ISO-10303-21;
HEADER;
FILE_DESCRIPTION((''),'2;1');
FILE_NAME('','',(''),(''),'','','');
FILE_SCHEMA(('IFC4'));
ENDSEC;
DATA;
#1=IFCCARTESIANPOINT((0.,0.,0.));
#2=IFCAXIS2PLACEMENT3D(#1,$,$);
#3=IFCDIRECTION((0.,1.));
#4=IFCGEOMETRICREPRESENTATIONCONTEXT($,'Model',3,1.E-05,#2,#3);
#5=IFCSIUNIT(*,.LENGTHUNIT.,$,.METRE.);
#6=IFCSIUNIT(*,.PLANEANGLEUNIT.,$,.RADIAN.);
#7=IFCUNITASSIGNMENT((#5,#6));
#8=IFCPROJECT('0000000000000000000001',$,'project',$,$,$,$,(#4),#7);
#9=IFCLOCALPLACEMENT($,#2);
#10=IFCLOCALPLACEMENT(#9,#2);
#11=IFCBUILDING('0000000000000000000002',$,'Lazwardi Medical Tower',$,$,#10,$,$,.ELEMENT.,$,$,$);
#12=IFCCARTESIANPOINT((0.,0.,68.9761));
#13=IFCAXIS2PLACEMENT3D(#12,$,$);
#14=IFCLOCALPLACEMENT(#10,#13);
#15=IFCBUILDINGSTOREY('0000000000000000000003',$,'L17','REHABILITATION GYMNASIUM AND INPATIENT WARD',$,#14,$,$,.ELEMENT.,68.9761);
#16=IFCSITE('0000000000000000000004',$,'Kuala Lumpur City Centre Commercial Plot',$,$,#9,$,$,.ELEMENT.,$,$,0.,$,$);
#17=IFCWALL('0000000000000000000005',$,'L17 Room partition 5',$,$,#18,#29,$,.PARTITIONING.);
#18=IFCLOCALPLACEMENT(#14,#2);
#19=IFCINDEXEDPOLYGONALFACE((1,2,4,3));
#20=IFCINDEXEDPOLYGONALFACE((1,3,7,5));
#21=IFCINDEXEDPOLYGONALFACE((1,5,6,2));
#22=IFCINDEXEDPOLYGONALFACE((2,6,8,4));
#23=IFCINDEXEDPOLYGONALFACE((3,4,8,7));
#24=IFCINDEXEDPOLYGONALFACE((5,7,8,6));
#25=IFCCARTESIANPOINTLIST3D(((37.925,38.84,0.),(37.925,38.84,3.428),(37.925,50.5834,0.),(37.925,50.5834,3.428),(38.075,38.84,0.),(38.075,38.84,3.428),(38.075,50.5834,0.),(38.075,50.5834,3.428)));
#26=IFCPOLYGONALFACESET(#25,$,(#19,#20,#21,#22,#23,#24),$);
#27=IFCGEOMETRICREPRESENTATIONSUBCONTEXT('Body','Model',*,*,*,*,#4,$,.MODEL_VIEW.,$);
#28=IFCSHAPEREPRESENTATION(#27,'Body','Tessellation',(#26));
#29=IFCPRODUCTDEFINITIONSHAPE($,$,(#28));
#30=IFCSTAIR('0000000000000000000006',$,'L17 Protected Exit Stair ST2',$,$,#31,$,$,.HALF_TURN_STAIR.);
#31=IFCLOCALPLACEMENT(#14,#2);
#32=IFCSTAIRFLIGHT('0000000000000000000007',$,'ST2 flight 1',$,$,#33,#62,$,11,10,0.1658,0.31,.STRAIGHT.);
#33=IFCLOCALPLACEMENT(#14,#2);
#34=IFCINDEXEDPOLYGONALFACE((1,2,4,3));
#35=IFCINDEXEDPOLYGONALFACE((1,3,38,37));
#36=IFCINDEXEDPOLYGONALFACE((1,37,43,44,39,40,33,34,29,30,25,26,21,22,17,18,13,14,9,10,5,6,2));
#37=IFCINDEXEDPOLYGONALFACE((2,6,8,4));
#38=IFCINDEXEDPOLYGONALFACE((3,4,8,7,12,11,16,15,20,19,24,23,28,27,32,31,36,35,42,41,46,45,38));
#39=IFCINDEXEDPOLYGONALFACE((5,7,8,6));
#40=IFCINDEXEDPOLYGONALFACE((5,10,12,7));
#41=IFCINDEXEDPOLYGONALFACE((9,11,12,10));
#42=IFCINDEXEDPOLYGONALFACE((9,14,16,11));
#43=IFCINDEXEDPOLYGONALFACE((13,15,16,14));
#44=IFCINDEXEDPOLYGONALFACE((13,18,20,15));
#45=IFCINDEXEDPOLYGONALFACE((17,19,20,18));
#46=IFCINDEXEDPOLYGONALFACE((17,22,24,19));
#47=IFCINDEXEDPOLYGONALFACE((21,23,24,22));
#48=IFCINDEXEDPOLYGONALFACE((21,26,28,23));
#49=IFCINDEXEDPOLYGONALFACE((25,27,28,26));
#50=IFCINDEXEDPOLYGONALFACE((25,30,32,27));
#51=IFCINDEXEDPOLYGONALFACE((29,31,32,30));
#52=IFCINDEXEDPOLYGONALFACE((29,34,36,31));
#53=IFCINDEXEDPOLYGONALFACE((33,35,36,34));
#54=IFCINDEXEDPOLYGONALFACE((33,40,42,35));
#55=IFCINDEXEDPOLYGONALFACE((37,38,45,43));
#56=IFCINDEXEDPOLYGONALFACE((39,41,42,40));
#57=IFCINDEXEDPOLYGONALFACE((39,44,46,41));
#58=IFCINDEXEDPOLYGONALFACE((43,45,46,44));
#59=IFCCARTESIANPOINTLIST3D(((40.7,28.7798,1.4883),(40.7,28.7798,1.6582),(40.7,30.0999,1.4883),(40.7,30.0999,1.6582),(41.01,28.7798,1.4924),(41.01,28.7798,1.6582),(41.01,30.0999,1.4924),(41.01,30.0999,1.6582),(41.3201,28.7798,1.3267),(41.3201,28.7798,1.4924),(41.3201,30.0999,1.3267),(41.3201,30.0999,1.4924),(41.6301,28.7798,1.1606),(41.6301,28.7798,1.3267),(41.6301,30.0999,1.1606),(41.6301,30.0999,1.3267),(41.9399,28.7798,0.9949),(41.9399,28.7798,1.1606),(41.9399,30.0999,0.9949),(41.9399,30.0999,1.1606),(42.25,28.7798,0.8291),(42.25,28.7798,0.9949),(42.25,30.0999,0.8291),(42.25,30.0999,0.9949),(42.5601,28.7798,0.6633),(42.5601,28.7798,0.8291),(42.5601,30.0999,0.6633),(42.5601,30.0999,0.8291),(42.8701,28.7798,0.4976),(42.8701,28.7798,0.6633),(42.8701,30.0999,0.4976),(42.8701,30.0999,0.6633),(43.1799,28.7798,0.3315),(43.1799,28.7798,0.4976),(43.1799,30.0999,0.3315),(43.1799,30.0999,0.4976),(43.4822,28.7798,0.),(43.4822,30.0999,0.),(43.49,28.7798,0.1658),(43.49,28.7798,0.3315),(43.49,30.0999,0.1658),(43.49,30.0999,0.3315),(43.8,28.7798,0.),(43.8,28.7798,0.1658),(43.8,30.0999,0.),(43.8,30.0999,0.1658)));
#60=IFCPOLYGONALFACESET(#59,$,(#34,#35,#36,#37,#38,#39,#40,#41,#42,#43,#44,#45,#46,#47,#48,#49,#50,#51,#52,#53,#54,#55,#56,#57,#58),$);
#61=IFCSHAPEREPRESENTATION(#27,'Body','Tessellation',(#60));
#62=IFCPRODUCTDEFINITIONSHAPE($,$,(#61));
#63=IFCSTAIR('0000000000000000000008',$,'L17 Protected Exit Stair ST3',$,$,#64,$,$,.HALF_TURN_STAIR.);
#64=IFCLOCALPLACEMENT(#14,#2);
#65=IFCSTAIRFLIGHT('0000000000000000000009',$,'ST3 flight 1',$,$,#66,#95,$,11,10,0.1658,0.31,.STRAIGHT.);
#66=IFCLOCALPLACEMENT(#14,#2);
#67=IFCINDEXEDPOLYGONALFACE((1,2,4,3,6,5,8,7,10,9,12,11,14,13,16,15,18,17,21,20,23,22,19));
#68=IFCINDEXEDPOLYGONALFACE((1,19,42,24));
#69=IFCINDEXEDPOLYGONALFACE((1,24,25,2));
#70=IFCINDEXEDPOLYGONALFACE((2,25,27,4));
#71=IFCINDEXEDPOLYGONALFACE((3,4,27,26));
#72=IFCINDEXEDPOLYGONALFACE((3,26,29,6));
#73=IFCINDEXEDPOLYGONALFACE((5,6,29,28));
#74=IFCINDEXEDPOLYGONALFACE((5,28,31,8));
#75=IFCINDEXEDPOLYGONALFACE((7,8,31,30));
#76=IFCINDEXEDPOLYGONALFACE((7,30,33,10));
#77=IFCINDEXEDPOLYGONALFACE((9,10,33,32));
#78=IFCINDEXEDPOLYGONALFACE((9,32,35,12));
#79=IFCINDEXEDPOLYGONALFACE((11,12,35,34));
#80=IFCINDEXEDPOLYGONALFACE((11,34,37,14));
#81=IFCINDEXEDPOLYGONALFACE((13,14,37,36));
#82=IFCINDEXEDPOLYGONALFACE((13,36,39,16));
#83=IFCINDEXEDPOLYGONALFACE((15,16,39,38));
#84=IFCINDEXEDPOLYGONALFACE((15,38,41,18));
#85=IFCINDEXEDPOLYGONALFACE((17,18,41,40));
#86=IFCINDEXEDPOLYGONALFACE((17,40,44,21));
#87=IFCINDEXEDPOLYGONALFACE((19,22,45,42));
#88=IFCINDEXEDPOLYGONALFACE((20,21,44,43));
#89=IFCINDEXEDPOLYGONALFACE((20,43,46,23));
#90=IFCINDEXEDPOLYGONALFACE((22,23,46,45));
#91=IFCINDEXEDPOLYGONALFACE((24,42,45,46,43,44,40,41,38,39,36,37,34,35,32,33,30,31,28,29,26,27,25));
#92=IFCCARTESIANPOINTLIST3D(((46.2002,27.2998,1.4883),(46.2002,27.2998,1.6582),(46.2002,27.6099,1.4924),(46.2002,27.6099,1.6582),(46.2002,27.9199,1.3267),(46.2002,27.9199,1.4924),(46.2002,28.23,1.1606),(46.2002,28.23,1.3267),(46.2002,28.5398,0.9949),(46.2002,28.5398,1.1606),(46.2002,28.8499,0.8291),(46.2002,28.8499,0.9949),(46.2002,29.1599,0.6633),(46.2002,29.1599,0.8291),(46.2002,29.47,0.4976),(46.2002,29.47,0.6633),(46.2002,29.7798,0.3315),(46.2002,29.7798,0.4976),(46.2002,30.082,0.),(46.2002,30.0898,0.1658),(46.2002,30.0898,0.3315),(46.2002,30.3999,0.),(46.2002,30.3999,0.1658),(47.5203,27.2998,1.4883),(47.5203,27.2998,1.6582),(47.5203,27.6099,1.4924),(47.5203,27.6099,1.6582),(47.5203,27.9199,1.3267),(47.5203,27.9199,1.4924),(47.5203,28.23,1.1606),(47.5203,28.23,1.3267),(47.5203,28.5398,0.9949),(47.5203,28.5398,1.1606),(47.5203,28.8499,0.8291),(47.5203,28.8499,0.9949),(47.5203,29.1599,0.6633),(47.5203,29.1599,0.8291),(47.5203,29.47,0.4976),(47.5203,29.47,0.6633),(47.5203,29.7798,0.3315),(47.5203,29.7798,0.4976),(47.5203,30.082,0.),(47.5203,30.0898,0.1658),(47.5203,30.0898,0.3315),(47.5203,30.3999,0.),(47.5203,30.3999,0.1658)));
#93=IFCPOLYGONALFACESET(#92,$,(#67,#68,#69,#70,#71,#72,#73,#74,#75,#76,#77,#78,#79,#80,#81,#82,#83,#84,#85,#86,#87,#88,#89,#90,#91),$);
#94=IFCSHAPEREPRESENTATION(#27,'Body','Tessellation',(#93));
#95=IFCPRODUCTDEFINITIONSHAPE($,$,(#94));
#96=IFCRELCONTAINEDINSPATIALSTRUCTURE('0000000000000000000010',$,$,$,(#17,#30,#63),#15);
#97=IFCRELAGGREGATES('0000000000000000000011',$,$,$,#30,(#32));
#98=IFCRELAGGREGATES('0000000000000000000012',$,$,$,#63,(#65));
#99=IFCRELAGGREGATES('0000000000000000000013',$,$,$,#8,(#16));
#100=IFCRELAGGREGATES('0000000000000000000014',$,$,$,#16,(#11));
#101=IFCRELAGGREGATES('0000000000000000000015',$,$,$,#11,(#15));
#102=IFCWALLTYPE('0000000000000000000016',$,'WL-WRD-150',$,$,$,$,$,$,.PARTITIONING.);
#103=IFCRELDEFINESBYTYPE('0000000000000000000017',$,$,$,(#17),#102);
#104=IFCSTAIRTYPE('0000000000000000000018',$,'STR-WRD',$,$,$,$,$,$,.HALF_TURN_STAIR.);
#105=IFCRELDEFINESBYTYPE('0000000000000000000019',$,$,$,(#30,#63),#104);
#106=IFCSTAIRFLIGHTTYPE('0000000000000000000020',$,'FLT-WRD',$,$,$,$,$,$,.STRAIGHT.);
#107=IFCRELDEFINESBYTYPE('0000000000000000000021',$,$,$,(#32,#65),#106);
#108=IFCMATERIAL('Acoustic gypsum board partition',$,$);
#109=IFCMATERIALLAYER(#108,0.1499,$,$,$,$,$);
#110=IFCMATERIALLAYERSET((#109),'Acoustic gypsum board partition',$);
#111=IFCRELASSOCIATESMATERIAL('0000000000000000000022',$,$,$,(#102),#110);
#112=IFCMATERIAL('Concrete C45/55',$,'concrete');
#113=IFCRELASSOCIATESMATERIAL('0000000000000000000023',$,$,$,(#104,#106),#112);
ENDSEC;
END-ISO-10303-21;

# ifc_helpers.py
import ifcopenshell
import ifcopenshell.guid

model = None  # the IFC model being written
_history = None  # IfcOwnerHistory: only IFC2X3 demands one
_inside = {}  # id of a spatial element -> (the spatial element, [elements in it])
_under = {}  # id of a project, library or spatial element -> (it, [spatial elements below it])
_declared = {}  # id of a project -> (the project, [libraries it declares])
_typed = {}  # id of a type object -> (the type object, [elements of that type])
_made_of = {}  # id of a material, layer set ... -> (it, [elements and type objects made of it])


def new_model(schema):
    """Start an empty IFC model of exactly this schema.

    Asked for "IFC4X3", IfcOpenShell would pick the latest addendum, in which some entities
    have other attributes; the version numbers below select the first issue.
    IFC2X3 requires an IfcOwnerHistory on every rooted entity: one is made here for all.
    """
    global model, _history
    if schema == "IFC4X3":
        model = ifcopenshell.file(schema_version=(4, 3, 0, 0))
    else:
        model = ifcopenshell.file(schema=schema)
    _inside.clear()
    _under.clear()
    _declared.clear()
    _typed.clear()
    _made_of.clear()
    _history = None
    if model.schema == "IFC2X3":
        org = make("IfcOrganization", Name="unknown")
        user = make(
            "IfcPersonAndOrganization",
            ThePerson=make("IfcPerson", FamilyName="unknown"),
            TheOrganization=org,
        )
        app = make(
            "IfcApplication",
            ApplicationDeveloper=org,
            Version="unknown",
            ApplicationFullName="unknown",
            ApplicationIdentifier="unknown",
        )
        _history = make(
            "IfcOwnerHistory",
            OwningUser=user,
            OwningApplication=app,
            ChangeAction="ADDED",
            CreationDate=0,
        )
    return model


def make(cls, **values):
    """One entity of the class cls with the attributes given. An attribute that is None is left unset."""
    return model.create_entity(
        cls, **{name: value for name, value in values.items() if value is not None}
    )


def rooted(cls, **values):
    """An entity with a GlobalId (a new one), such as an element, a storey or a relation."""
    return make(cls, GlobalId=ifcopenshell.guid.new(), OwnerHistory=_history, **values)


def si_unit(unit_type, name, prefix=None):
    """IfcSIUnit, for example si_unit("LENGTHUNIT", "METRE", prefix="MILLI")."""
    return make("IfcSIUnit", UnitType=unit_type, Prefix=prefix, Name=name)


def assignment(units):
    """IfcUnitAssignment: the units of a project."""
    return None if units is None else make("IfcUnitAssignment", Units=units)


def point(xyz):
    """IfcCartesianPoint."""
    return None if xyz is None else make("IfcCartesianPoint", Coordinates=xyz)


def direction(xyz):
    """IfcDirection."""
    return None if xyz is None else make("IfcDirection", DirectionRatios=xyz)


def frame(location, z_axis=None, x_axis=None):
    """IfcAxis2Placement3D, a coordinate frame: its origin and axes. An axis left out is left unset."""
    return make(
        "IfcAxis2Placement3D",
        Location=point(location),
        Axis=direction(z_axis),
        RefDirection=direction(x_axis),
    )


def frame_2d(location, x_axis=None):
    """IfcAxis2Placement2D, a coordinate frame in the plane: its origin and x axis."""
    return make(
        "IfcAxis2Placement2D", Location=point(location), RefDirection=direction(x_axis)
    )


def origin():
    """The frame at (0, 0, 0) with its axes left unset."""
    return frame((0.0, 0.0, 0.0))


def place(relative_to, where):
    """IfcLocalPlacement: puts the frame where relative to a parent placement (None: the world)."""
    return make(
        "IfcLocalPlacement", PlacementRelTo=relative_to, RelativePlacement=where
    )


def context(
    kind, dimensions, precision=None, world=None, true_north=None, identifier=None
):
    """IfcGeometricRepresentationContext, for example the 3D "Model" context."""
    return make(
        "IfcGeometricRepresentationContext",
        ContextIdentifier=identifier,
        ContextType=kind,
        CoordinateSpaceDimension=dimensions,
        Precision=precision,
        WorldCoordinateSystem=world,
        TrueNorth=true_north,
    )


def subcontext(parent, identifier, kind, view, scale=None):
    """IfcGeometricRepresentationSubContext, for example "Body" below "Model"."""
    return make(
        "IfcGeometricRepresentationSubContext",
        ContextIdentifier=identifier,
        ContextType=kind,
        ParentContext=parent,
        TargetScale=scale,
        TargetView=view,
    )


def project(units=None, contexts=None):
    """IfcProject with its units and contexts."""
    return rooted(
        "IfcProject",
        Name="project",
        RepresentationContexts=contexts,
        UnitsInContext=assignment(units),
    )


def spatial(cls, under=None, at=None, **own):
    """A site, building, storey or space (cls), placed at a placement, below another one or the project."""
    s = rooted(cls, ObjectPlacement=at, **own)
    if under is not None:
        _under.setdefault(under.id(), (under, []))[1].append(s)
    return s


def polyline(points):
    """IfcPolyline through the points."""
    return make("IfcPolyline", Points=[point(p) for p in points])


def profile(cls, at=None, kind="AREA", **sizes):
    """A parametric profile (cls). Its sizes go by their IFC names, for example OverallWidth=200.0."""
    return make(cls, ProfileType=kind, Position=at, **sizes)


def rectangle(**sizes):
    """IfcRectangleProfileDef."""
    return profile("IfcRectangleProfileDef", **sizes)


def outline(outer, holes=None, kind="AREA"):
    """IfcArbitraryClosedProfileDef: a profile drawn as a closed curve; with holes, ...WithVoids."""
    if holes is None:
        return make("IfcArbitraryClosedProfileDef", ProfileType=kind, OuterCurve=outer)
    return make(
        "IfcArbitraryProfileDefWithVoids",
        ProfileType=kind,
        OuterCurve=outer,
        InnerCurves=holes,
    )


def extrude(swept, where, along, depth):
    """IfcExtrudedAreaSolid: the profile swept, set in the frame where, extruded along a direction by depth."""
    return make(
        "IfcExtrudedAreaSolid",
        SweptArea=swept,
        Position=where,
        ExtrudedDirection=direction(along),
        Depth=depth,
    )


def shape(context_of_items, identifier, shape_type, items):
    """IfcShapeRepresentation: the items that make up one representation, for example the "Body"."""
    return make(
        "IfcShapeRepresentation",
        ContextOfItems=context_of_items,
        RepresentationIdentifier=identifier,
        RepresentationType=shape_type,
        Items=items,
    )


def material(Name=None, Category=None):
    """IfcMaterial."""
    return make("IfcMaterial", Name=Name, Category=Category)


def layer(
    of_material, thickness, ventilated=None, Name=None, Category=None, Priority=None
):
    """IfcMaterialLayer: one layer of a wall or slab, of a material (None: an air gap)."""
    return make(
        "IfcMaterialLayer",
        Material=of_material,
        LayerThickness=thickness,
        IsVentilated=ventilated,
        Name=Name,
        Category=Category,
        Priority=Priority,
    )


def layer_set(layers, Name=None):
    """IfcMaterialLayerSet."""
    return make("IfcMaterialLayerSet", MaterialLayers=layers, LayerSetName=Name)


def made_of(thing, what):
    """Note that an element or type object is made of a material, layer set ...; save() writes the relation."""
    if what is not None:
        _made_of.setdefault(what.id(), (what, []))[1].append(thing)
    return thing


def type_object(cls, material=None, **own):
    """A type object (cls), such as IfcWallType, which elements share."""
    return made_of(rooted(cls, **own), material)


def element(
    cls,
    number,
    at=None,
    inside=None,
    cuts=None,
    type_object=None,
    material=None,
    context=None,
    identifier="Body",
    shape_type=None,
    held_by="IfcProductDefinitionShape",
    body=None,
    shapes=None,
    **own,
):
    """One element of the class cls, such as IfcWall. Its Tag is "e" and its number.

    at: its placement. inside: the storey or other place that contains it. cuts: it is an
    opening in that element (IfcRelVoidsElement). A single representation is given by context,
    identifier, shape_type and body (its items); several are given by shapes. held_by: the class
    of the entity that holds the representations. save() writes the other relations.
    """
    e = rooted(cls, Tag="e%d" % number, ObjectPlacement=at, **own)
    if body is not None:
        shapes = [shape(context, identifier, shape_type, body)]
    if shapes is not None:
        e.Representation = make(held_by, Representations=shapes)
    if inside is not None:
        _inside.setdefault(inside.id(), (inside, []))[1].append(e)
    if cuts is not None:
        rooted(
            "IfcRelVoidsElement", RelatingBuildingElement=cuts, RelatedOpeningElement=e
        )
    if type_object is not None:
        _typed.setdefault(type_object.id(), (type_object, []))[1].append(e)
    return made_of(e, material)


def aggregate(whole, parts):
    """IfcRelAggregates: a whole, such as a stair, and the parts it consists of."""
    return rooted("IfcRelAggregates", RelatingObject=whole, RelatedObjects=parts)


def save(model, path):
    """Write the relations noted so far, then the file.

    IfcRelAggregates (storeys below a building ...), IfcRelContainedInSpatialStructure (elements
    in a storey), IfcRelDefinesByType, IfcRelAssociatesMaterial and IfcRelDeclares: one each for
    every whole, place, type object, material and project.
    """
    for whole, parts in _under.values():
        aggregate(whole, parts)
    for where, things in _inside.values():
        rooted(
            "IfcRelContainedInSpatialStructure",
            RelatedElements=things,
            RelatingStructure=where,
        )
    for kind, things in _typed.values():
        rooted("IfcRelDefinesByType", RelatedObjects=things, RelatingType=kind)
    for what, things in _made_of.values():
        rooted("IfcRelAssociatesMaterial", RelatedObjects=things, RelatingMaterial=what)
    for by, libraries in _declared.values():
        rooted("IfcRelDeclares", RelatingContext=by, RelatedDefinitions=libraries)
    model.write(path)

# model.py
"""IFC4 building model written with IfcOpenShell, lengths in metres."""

from ifc_helpers import new_model, si_unit, direction, frame, frame_2d, origin, place, context, subcontext, project, spatial, polyline, rectangle, outline, extrude, material, layer, layer_set, type_object, element, aggregate, save


model = new_model("IFC4")

# Units and contexts
model_context = context("Model", 3, precision=1e-05, world=origin(), true_north=direction((0.0, 1.0)))
body_context = subcontext(model_context, "Body", "Model", "MODEL_VIEW")
ifc_project = project(units=[si_unit("LENGTHUNIT", "METRE"), si_unit("PLANEANGLEUNIT", "RADIAN")], contexts=[model_context])

# Site, building, storey
site_placement = place(None, origin())
site = spatial("IfcSite", under=ifc_project, at=site_placement, Name="Kuala Lumpur City Centre Commercial Plot", CompositionType="ELEMENT", RefElevation=0.0)
building_placement = place(site_placement, origin())
building = spatial("IfcBuilding", under=site, at=building_placement, Name="Lazwardi Medical Tower", CompositionType="ELEMENT")
storey_placement = place(building_placement, frame((0.0, 0.0, 68.9761)))
storey = spatial("IfcBuildingStorey", under=building, at=storey_placement, Name="L17", Description="REHABILITATION GYMNASIUM AND INPATIENT WARD", CompositionType="ELEMENT", Elevation=68.9761)

# Wall
ifc_material_1 = material(Name="Acoustic gypsum board partition")
ifc_layer_1 = layer(ifc_material_1, 0.1499)
ifc_layer_set_1 = layer_set([ifc_layer_1], Name="Acoustic gypsum board partition")
wall_type_1 = type_object("IfcWallType", Name="WL-WRD-150", PredefinedType="PARTITIONING", material=ifc_layer_set_1)
wall_1_placement = place(storey_placement, frame((38.0, 38.8401, 0.0), z_axis=(0.0, 0.0, 1.0), x_axis=(0.0, 1.0, 0.0)))
element("IfcWall", 1, at=wall_1_placement, inside=storey, type_object=wall_type_1, Name="L17 Room partition 5", PredefinedType="PARTITIONING", context=body_context, shape_type="SweptSolid", body=[
    extrude(rectangle(XDim=11.7434, YDim=0.1499, at=frame_2d((5.8716, 0.0))), origin(), (0.0, 0.0, 1.0), 3.428),
])

# Stairs, stair flights
ifc_material_2 = material(Name="Concrete C45/55", Category="concrete")
stair_type = type_object("IfcStairType", Name="STR-WRD", PredefinedType="HALF_TURN_STAIR", material=ifc_material_2)
stair_1_placement = place(storey_placement, origin())
stair_1 = element("IfcStair", 2, at=stair_1_placement, inside=storey, type_object=stair_type, Name="L17 Protected Exit Stair ST2", PredefinedType="HALF_TURN_STAIR")
stair_flight_type = type_object("IfcStairFlightType", Name="FLT-WRD", PredefinedType="STRAIGHT", material=ifc_material_2)
stair_flight_1_placement = place(storey_placement, frame((43.8, 29.4399, 0.0), z_axis=(0.0, 0.0, 1.0), x_axis=(-1.0, 0.0, 0.0)))
stair_flight_1 = element("IfcStairFlight", 3, at=stair_flight_1_placement, type_object=stair_flight_type, Name="ST2 flight 1", NumberOfRisers=11, NumberOfTreads=10, PredefinedType="STRAIGHT", RiserHeight=0.1658, TreadLength=0.31, context=body_context, shape_type="SweptSolid", body=[
    extrude(outline(polyline([(0.0, 0.0), (0.0, 0.1658), (0.3101, 0.1658), (0.3101, 0.3315), (0.6201, 0.3315), (0.6201, 0.4976), (0.9299, 0.4976), (0.9299, 0.6633), (1.24, 0.6633), (1.24, 0.8291), (1.55, 0.8291), (1.55, 0.9949), (1.8601, 0.9949), (1.8601, 1.1606), (2.1699, 1.1606), (2.1699, 1.3267), (2.48, 1.3267), (2.48, 1.4924), (2.79, 1.4924), (2.79, 1.6582), (3.1001, 1.6582), (3.1001, 1.824), (3.1001, 1.4883), (0.3179, 0.0), (0.0, 0.0)])), frame((0.0, 0.6602, 0.0), z_axis=(0.0, -1.0, 0.0), x_axis=(1.0, 0.0, 0.0)), (0.0, 0.0, 1.0), 1.3201),
])
aggregate(stair_1, [stair_flight_1])
stair_2_placement = place(storey_placement, origin())
stair_2 = element("IfcStair", 4, at=stair_2_placement, inside=storey, type_object=stair_type, Name="L17 Protected Exit Stair ST3", PredefinedType="HALF_TURN_STAIR")
stair_flight_2_placement = place(storey_placement, frame((46.8601, 30.3999, 0.0), z_axis=(0.0, 0.0, 1.0), x_axis=(0.0, -1.0, 0.0)))
stair_flight_2 = element("IfcStairFlight", 5, at=stair_flight_2_placement, type_object=stair_flight_type, Name="ST3 flight 1", NumberOfRisers=11, NumberOfTreads=10, PredefinedType="STRAIGHT", RiserHeight=0.1658, TreadLength=0.31, context=body_context, shape_type="SweptSolid", body=[
    extrude(outline(polyline([(0.0, 0.0), (0.0, 0.1658), (0.3101, 0.1658), (0.3101, 0.3315), (0.6201, 0.3315), (0.6201, 0.4976), (0.9299, 0.4976), (0.9299, 0.6633), (1.24, 0.6633), (1.24, 0.8291), (1.55, 0.8291), (1.55, 0.9949), (1.8601, 0.9949), (1.8601, 1.1606), (2.1699, 1.1606), (2.1699, 1.3267), (2.48, 1.3267), (2.48, 1.4924), (2.79, 1.4924), (2.79, 1.6582), (3.1001, 1.6582), (3.1001, 1.824), (3.1001, 1.4883), (0.3179, 0.0), (0.0, 0.0)])), frame((0.0, 0.6602, 0.0), z_axis=(0.0, -1.0, 0.0), x_axis=(1.0, 0.0, 0.0)), (0.0, 0.0, 1.0), 1.3201),
])
aggregate(stair_2, [stair_flight_2])

save(model, "model.ifc")
